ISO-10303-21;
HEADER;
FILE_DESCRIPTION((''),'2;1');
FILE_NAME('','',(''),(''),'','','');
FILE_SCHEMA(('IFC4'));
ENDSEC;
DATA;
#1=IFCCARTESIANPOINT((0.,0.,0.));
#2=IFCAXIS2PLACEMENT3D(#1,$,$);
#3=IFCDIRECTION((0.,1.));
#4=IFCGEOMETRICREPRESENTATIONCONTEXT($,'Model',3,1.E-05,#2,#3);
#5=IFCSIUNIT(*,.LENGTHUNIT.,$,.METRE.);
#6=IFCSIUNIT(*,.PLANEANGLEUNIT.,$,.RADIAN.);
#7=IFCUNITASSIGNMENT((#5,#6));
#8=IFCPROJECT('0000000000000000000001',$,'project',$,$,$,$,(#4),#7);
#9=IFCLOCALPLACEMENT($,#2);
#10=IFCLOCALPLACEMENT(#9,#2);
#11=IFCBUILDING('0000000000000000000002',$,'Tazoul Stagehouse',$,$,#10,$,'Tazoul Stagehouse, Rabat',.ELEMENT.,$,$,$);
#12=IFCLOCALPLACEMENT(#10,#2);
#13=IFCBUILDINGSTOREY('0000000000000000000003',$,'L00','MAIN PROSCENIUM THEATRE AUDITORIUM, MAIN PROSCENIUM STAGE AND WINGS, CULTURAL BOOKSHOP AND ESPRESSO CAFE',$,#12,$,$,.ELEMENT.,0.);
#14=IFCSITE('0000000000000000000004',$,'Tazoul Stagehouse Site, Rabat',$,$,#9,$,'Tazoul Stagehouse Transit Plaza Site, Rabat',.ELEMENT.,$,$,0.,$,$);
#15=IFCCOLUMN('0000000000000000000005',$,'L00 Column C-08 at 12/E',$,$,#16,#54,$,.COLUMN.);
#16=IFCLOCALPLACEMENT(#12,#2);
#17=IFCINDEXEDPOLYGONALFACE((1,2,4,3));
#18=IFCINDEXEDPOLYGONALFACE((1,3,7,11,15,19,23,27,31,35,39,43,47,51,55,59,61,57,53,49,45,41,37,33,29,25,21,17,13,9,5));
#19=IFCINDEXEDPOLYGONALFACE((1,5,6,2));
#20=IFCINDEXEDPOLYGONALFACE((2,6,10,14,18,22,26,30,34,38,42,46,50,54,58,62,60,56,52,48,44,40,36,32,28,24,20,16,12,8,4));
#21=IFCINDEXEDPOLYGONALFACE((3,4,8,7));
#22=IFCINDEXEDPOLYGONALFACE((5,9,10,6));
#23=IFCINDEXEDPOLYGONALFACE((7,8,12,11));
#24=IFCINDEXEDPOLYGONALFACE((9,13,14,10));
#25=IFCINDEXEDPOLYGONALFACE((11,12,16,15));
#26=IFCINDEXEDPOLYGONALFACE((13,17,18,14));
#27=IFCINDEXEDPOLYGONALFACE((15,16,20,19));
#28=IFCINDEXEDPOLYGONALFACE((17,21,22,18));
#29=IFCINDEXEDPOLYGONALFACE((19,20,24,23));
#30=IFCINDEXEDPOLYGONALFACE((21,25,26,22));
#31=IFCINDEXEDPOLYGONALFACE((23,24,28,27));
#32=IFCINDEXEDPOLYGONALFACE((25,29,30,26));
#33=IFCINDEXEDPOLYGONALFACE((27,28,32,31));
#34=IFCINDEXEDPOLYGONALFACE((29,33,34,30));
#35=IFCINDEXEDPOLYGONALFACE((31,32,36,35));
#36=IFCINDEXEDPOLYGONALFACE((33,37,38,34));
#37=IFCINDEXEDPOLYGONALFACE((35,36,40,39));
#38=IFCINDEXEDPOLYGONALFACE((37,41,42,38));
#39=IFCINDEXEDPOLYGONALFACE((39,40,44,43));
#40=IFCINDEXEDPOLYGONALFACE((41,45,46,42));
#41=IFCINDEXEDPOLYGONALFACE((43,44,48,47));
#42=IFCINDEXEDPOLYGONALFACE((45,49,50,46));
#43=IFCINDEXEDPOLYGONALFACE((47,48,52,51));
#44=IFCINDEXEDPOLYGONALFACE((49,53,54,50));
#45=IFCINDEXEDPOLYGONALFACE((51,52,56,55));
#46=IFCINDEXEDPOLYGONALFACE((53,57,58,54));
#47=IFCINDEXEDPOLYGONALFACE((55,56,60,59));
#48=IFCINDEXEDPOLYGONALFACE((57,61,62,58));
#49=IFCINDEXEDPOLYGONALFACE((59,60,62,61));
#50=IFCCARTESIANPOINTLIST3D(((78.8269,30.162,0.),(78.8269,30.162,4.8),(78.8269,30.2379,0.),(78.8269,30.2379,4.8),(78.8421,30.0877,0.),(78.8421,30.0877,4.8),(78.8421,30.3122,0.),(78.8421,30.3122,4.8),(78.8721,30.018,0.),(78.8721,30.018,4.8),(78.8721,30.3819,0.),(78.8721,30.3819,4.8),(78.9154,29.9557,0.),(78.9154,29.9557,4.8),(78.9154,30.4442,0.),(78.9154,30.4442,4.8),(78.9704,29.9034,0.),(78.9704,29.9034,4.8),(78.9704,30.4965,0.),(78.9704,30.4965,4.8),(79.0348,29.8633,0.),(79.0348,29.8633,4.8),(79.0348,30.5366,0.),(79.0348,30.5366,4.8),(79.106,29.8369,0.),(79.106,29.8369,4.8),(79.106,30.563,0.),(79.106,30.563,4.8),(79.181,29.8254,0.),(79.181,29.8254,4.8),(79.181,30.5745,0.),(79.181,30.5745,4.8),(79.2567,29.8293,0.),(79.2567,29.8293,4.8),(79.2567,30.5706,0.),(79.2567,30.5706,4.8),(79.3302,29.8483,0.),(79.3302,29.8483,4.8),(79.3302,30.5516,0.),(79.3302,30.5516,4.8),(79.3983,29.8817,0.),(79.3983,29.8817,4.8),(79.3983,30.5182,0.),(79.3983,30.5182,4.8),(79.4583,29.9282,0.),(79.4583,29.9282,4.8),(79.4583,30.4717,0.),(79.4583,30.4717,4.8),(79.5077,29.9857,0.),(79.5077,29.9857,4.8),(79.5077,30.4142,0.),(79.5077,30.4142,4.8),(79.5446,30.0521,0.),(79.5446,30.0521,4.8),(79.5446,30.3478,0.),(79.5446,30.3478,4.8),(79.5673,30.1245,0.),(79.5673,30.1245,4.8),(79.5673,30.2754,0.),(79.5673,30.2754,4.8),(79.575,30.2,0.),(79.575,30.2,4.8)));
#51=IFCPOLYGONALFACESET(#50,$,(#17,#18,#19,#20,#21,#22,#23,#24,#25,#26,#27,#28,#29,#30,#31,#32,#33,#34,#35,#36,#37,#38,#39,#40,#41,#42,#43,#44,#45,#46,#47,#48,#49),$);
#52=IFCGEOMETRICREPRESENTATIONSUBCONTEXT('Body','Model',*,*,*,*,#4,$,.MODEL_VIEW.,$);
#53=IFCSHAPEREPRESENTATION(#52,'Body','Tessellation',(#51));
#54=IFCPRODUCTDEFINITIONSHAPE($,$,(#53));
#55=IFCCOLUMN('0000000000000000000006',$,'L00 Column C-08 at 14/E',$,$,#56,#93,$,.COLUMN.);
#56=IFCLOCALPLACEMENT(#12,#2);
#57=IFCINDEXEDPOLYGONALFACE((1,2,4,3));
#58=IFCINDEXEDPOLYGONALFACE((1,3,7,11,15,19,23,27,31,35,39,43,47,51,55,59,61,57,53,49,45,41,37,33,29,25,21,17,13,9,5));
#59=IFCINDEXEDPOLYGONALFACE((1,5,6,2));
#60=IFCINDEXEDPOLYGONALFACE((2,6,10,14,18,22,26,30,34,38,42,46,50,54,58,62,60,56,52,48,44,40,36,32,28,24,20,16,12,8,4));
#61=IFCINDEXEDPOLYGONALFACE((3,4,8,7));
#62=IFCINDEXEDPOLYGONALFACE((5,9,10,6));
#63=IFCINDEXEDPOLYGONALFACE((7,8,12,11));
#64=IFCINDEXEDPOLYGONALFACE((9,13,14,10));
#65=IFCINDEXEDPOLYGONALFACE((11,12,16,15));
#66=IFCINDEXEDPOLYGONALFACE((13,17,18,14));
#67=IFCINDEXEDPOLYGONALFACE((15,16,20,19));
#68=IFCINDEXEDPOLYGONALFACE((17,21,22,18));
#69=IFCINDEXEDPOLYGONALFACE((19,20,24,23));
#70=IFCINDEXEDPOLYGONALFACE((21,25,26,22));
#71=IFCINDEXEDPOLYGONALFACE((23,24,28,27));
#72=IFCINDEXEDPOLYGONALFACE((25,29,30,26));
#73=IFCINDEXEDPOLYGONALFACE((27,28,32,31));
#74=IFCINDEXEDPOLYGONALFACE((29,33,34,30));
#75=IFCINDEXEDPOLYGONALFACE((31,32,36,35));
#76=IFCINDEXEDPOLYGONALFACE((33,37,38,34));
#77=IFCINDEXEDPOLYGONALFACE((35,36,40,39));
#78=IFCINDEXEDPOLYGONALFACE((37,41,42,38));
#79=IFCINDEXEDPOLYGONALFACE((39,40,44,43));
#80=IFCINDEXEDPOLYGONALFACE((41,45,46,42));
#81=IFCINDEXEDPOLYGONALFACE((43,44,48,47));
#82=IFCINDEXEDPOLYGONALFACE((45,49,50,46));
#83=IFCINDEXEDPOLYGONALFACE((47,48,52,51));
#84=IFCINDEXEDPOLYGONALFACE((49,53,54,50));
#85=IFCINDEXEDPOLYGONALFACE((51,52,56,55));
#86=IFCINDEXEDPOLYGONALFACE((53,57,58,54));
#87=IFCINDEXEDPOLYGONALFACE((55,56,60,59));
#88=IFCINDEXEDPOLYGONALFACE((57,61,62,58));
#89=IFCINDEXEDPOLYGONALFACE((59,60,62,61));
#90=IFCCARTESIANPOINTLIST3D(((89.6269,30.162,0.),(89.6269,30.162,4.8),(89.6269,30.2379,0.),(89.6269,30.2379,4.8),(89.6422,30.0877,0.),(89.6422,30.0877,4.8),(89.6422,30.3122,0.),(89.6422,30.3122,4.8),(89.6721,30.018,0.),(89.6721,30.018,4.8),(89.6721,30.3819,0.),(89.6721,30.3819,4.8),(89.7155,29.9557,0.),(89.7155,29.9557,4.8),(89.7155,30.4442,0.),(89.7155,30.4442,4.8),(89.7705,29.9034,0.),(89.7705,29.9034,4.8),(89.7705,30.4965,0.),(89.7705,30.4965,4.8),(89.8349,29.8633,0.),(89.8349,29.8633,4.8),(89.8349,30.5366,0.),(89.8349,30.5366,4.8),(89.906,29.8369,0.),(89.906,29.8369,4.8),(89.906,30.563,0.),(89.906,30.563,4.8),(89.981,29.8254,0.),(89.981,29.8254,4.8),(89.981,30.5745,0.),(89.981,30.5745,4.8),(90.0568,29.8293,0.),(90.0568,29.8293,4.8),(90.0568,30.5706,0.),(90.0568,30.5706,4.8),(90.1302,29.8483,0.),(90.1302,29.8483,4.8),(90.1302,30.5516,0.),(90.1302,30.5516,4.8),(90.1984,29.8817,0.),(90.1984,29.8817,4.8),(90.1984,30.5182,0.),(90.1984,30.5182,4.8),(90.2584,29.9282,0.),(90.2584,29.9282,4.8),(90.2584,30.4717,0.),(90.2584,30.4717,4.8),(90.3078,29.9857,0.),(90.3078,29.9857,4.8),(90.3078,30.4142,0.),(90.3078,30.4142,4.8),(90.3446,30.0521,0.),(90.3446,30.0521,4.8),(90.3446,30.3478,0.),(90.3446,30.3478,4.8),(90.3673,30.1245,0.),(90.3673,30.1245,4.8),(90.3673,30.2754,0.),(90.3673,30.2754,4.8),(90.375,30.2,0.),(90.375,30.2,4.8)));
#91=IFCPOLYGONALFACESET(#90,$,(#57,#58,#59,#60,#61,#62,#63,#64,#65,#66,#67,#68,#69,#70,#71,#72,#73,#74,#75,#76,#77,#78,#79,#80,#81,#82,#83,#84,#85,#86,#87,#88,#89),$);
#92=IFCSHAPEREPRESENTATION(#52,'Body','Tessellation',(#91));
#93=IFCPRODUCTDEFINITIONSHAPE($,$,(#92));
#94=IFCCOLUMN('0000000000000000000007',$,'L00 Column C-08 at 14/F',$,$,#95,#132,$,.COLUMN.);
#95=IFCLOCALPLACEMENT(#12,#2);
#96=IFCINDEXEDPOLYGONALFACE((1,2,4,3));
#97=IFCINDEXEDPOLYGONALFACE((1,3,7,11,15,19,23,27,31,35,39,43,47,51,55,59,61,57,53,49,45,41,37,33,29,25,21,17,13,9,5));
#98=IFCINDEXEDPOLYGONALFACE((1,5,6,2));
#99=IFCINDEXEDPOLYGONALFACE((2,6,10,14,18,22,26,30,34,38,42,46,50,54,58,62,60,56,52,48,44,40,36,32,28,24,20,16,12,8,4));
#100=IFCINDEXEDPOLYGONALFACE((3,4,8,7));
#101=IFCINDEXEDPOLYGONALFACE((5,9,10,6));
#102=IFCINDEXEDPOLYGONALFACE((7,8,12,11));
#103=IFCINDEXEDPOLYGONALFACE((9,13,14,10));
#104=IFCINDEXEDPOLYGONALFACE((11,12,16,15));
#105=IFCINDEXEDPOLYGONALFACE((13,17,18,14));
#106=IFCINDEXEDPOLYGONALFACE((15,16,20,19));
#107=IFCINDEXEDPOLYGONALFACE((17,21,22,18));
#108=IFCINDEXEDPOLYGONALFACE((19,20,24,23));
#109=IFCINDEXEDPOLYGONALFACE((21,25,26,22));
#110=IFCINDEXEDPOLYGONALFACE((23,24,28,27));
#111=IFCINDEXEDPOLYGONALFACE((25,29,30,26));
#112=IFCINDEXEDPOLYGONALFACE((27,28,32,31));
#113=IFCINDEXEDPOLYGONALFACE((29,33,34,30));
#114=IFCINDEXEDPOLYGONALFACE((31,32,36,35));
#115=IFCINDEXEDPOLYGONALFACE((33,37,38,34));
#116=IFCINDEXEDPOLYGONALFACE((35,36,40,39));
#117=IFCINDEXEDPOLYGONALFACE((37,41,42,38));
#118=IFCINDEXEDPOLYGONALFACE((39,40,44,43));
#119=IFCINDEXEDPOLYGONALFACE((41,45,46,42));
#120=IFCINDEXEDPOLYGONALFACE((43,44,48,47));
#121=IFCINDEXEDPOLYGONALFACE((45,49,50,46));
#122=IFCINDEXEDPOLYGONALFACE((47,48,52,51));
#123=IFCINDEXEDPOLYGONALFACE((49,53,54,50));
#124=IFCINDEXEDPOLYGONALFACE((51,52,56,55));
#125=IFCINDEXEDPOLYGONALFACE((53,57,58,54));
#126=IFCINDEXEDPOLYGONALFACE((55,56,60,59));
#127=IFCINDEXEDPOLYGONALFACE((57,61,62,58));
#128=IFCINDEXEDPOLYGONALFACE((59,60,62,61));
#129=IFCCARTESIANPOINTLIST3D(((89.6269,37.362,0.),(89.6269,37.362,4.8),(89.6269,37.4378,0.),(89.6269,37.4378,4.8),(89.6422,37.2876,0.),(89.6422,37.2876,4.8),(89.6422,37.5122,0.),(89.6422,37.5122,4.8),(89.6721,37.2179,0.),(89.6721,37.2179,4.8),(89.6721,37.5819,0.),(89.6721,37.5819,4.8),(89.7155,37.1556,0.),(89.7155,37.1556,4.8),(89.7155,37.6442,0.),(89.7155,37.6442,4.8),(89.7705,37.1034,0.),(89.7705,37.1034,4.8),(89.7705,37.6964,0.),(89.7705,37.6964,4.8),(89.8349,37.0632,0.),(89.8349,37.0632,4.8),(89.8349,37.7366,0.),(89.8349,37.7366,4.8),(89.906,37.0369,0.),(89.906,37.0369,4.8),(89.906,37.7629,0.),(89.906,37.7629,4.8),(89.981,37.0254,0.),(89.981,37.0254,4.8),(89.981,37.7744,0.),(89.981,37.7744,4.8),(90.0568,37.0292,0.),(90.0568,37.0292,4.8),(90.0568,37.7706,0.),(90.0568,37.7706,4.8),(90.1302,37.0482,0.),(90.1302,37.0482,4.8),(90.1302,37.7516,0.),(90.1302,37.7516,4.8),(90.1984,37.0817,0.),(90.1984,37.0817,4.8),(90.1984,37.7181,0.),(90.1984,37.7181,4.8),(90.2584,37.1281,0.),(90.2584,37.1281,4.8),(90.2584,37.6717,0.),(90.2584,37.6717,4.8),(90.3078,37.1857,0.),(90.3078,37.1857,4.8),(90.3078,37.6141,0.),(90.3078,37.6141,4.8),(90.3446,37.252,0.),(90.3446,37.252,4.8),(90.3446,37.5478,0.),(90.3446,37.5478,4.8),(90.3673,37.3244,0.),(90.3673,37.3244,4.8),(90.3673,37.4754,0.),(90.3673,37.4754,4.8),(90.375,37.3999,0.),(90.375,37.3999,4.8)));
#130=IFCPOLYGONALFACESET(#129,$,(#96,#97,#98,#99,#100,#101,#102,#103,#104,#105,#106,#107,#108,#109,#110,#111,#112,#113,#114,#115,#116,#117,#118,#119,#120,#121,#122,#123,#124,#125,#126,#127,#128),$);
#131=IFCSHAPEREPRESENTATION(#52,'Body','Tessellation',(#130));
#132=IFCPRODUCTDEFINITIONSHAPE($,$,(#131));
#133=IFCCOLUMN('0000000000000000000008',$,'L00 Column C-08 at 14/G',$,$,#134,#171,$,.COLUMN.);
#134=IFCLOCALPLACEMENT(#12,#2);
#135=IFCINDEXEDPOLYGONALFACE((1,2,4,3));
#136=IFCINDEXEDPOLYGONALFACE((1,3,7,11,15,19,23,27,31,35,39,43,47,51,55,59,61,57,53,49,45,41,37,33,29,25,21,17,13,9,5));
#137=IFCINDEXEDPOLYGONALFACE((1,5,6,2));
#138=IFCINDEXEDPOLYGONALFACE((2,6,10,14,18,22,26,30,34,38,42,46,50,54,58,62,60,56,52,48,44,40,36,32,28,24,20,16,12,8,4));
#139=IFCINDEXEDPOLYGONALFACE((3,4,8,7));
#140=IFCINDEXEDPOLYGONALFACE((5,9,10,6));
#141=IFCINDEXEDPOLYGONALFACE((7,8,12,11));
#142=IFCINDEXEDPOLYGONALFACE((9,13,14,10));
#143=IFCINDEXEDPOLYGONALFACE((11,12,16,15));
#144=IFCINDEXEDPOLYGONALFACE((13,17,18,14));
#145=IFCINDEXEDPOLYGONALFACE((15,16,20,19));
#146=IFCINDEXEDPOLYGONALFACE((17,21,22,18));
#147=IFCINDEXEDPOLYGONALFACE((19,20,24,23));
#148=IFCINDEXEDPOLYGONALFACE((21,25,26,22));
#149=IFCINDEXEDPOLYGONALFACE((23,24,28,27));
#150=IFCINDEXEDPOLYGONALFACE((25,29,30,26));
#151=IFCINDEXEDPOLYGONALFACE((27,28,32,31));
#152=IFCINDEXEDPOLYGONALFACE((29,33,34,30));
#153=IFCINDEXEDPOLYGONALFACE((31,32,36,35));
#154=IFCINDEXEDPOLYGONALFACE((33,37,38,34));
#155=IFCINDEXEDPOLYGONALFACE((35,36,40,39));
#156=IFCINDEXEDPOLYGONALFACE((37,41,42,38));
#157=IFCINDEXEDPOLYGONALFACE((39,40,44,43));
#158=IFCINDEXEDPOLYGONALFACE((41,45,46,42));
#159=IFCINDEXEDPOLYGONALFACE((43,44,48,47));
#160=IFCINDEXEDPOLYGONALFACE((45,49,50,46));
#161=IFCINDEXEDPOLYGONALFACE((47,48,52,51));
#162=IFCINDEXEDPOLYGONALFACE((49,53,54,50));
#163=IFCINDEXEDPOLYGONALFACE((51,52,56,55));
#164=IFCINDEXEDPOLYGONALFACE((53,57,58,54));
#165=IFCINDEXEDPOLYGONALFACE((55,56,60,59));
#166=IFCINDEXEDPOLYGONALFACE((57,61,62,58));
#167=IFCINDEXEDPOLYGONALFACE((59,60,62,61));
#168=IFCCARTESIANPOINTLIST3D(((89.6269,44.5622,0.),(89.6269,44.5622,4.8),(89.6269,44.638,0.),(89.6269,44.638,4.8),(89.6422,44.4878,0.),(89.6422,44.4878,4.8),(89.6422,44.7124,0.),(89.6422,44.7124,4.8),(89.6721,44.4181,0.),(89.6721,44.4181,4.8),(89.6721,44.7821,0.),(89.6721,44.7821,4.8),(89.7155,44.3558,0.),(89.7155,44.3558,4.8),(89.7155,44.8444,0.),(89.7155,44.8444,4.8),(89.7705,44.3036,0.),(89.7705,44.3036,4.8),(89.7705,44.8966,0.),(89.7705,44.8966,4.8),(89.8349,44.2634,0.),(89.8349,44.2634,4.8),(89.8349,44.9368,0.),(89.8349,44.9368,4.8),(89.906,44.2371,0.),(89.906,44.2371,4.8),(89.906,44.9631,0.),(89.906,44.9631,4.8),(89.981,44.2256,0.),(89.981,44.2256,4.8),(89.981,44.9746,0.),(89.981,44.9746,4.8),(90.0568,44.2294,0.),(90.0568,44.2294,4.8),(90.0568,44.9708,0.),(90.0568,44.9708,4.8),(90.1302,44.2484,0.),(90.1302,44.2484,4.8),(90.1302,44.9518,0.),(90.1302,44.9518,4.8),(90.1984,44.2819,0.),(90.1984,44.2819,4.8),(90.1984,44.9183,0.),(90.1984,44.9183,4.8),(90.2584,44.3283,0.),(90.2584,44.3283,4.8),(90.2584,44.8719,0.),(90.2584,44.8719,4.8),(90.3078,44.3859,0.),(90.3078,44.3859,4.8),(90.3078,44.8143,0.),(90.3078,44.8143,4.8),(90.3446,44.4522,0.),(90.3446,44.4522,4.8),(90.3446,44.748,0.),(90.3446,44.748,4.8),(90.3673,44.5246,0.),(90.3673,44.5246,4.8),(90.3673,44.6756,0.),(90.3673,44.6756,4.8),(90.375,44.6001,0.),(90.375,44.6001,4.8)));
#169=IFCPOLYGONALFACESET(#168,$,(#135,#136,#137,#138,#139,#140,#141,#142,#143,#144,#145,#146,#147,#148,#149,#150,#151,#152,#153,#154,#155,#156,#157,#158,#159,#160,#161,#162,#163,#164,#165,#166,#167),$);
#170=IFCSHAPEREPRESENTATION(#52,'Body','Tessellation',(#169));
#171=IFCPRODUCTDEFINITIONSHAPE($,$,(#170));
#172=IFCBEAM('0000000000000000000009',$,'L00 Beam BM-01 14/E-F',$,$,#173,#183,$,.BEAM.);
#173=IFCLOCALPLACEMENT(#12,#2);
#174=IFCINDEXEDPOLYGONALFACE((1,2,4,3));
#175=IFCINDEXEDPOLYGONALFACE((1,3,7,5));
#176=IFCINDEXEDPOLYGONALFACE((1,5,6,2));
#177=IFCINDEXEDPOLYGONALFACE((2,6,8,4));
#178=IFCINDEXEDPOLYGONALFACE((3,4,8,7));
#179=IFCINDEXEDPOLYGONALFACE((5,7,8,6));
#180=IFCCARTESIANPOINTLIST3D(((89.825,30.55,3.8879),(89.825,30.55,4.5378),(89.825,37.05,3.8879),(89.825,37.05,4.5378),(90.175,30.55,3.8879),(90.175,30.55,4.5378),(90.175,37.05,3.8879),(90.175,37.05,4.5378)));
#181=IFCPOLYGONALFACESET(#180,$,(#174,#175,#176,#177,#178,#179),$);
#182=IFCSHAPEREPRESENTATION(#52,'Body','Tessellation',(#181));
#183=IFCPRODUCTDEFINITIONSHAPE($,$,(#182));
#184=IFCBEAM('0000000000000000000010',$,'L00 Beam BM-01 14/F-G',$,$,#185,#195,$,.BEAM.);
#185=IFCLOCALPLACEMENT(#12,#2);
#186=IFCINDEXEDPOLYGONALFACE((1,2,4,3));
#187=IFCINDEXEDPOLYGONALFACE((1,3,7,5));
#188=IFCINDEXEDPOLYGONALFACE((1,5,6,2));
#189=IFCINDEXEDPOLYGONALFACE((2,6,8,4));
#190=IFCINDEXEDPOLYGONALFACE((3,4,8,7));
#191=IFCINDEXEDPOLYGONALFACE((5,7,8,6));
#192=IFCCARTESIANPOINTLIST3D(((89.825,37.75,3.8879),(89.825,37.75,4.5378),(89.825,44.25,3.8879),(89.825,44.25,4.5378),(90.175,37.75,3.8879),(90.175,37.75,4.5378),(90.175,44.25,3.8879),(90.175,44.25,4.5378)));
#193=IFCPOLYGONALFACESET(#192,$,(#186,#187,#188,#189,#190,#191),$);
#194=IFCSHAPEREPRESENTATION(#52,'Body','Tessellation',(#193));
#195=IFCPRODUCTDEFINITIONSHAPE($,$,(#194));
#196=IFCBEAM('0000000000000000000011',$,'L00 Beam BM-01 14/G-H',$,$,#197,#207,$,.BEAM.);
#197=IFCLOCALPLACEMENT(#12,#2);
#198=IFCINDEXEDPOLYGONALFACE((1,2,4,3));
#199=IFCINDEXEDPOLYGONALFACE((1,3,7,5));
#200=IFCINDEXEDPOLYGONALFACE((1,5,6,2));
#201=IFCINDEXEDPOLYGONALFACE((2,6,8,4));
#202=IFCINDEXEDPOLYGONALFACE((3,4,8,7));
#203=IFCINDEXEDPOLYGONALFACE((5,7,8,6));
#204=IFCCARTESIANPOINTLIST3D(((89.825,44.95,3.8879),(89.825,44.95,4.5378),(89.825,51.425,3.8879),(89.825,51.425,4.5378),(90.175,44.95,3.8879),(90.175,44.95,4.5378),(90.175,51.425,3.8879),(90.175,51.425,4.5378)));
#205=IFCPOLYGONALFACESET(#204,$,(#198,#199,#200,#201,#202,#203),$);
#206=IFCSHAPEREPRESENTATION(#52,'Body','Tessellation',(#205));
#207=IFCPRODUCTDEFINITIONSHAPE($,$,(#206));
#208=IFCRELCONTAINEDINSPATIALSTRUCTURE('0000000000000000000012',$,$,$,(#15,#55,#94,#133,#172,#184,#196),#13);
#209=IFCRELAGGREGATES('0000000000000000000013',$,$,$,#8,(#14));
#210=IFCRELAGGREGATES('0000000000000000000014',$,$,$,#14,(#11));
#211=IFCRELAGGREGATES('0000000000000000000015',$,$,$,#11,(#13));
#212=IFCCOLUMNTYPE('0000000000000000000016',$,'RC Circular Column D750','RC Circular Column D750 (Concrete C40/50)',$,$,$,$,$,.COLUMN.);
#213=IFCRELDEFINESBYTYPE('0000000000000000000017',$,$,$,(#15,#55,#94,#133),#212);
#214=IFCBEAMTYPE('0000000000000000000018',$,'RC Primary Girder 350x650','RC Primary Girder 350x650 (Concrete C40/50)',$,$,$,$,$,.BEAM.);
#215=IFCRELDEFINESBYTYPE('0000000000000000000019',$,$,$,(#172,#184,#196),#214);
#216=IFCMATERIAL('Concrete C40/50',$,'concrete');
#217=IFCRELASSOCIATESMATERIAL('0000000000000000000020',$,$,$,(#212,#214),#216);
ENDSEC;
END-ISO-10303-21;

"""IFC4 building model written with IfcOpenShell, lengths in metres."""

from ifc_helpers import new_model, si_unit, direction, frame, origin, origin_2d, place, context, subcontext, project, spatial, rectangle, circle, extrude, material, material_profile, profile_set, type_object, element, save


model = new_model("IFC4")

# Units and contexts
model_context = context("Model", 3, precision=1e-05, world=origin(), true_north=direction((0.0, 1.0)))
body_context = subcontext(model_context, "Body", "Model", "MODEL_VIEW")
ifc_project = project(units=[si_unit("LENGTHUNIT", "METRE"), si_unit("PLANEANGLEUNIT", "RADIAN")], contexts=[model_context])

# Site, building, storey
site_placement = place(None, origin())
site = spatial("IfcSite", under=ifc_project, at=site_placement, Name="Tazoul Stagehouse Site, Rabat", LongName="Tazoul Stagehouse Transit Plaza Site, Rabat", CompositionType="ELEMENT", RefElevation=0.0)
building_placement = place(site_placement, origin())
building = spatial("IfcBuilding", under=site, at=building_placement, Name="Tazoul Stagehouse", LongName="Tazoul Stagehouse, Rabat", CompositionType="ELEMENT")
storey_placement = place(building_placement, origin())
storey = spatial("IfcBuildingStorey", under=building, at=storey_placement, Name="L00", Description="MAIN PROSCENIUM THEATRE AUDITORIUM, MAIN PROSCENIUM STAGE AND WINGS, CULTURAL BOOKSHOP AND ESPRESSO CAFE", CompositionType="ELEMENT", Elevation=0.0)

# Columns
ifc_material_1 = material(Name="Concrete C40/50", Category="concrete")
ifc_material_profile_1 = material_profile(ifc_material_1, circle(Radius=0.375, at=origin_2d()), Name="RC D750")
ifc_profile_set_1 = profile_set([ifc_material_profile_1], Name="Concrete C40/50")
column_type = type_object("IfcColumnType", Name="RC Circular Column D750", Description="RC Circular Column D750 (Concrete C40/50)", PredefinedType="COLUMN", material=ifc_profile_set_1)
for number, where, z_axis, x_axis, name in (
    (1, (79.2, 30.2, 0.0), (0.0, 0.0, 1.0), (1.0, 0.0, 0.0), "L00 Column C-08 at 12/E"),
    (2, (90.0, 30.2, 0.0), (0.0, 0.0, 1.0), (1.0, 0.0, 0.0), "L00 Column C-08 at 14/E"),
    (3, (90.0, 37.3999, 0.0), (0.0, 0.0, 1.0), (1.0, 0.0, 0.0), "L00 Column C-08 at 14/F"),
    (4, (90.0, 44.6001, 0.0), (0.0, 0.0, 1.0), (1.0, 0.0, 0.0), "L00 Column C-08 at 14/G"),
):
    element("IfcColumn", number, at=place(storey_placement, frame(where, z_axis=z_axis, x_axis=x_axis)), inside=storey, type_object=column_type, Name=name, PredefinedType="COLUMN", context=body_context, shape_type="SweptSolid", body=[
        extrude(circle(Radius=0.375, at=origin_2d()), origin(), (0.0, 0.0, 1.0), 4.8),
    ])

# Beams
ifc_material_profile_2 = material_profile(ifc_material_1, rectangle(XDim=0.3501, YDim=0.6499, at=origin_2d()), Name="RC 350x650")
ifc_profile_set_2 = profile_set([ifc_material_profile_2], Name="Concrete C40/50")
beam_type_1 = type_object("IfcBeamType", Name="RC Primary Girder 350x650", Description="RC Primary Girder 350x650 (Concrete C40/50)", PredefinedType="BEAM", material=ifc_profile_set_2)
for number, where, z_axis, x_axis, name in (
    (5, (90.0, 30.55, 4.2129), (0.0, 1.0, 0.0), (-1.0, 0.0, 0.0), "L00 Beam BM-01 14/E-F"),
    (6, (90.0, 37.75, 4.2129), (0.0, 1.0, 0.0), (-1.0, 0.0, 0.0), "L00 Beam BM-01 14/F-G"),
):
    element("IfcBeam", number, at=place(storey_placement, frame(where, z_axis=z_axis, x_axis=x_axis)), inside=storey, type_object=beam_type_1, Name=name, PredefinedType="BEAM", context=body_context, shape_type="SweptSolid", body=[
        extrude(rectangle(XDim=0.3501, YDim=0.6499, at=origin_2d()), origin(), (0.0, 0.0, 1.0), 6.5),
    ])
beam_1_placement = place(storey_placement, frame((90.0, 44.95, 4.2129), z_axis=(0.0, 1.0, 0.0), x_axis=(-1.0, 0.0, 0.0)))
element("IfcBeam", 7, at=beam_1_placement, inside=storey, type_object=beam_type_1, Name="L00 Beam BM-01 14/G-H", PredefinedType="BEAM", context=body_context, shape_type="SweptSolid", body=[
    extrude(rectangle(XDim=0.3501, YDim=0.6499, at=origin_2d()), origin(), (0.0, 0.0, 1.0), 6.4751),
])

save(model, "model.ifc")
